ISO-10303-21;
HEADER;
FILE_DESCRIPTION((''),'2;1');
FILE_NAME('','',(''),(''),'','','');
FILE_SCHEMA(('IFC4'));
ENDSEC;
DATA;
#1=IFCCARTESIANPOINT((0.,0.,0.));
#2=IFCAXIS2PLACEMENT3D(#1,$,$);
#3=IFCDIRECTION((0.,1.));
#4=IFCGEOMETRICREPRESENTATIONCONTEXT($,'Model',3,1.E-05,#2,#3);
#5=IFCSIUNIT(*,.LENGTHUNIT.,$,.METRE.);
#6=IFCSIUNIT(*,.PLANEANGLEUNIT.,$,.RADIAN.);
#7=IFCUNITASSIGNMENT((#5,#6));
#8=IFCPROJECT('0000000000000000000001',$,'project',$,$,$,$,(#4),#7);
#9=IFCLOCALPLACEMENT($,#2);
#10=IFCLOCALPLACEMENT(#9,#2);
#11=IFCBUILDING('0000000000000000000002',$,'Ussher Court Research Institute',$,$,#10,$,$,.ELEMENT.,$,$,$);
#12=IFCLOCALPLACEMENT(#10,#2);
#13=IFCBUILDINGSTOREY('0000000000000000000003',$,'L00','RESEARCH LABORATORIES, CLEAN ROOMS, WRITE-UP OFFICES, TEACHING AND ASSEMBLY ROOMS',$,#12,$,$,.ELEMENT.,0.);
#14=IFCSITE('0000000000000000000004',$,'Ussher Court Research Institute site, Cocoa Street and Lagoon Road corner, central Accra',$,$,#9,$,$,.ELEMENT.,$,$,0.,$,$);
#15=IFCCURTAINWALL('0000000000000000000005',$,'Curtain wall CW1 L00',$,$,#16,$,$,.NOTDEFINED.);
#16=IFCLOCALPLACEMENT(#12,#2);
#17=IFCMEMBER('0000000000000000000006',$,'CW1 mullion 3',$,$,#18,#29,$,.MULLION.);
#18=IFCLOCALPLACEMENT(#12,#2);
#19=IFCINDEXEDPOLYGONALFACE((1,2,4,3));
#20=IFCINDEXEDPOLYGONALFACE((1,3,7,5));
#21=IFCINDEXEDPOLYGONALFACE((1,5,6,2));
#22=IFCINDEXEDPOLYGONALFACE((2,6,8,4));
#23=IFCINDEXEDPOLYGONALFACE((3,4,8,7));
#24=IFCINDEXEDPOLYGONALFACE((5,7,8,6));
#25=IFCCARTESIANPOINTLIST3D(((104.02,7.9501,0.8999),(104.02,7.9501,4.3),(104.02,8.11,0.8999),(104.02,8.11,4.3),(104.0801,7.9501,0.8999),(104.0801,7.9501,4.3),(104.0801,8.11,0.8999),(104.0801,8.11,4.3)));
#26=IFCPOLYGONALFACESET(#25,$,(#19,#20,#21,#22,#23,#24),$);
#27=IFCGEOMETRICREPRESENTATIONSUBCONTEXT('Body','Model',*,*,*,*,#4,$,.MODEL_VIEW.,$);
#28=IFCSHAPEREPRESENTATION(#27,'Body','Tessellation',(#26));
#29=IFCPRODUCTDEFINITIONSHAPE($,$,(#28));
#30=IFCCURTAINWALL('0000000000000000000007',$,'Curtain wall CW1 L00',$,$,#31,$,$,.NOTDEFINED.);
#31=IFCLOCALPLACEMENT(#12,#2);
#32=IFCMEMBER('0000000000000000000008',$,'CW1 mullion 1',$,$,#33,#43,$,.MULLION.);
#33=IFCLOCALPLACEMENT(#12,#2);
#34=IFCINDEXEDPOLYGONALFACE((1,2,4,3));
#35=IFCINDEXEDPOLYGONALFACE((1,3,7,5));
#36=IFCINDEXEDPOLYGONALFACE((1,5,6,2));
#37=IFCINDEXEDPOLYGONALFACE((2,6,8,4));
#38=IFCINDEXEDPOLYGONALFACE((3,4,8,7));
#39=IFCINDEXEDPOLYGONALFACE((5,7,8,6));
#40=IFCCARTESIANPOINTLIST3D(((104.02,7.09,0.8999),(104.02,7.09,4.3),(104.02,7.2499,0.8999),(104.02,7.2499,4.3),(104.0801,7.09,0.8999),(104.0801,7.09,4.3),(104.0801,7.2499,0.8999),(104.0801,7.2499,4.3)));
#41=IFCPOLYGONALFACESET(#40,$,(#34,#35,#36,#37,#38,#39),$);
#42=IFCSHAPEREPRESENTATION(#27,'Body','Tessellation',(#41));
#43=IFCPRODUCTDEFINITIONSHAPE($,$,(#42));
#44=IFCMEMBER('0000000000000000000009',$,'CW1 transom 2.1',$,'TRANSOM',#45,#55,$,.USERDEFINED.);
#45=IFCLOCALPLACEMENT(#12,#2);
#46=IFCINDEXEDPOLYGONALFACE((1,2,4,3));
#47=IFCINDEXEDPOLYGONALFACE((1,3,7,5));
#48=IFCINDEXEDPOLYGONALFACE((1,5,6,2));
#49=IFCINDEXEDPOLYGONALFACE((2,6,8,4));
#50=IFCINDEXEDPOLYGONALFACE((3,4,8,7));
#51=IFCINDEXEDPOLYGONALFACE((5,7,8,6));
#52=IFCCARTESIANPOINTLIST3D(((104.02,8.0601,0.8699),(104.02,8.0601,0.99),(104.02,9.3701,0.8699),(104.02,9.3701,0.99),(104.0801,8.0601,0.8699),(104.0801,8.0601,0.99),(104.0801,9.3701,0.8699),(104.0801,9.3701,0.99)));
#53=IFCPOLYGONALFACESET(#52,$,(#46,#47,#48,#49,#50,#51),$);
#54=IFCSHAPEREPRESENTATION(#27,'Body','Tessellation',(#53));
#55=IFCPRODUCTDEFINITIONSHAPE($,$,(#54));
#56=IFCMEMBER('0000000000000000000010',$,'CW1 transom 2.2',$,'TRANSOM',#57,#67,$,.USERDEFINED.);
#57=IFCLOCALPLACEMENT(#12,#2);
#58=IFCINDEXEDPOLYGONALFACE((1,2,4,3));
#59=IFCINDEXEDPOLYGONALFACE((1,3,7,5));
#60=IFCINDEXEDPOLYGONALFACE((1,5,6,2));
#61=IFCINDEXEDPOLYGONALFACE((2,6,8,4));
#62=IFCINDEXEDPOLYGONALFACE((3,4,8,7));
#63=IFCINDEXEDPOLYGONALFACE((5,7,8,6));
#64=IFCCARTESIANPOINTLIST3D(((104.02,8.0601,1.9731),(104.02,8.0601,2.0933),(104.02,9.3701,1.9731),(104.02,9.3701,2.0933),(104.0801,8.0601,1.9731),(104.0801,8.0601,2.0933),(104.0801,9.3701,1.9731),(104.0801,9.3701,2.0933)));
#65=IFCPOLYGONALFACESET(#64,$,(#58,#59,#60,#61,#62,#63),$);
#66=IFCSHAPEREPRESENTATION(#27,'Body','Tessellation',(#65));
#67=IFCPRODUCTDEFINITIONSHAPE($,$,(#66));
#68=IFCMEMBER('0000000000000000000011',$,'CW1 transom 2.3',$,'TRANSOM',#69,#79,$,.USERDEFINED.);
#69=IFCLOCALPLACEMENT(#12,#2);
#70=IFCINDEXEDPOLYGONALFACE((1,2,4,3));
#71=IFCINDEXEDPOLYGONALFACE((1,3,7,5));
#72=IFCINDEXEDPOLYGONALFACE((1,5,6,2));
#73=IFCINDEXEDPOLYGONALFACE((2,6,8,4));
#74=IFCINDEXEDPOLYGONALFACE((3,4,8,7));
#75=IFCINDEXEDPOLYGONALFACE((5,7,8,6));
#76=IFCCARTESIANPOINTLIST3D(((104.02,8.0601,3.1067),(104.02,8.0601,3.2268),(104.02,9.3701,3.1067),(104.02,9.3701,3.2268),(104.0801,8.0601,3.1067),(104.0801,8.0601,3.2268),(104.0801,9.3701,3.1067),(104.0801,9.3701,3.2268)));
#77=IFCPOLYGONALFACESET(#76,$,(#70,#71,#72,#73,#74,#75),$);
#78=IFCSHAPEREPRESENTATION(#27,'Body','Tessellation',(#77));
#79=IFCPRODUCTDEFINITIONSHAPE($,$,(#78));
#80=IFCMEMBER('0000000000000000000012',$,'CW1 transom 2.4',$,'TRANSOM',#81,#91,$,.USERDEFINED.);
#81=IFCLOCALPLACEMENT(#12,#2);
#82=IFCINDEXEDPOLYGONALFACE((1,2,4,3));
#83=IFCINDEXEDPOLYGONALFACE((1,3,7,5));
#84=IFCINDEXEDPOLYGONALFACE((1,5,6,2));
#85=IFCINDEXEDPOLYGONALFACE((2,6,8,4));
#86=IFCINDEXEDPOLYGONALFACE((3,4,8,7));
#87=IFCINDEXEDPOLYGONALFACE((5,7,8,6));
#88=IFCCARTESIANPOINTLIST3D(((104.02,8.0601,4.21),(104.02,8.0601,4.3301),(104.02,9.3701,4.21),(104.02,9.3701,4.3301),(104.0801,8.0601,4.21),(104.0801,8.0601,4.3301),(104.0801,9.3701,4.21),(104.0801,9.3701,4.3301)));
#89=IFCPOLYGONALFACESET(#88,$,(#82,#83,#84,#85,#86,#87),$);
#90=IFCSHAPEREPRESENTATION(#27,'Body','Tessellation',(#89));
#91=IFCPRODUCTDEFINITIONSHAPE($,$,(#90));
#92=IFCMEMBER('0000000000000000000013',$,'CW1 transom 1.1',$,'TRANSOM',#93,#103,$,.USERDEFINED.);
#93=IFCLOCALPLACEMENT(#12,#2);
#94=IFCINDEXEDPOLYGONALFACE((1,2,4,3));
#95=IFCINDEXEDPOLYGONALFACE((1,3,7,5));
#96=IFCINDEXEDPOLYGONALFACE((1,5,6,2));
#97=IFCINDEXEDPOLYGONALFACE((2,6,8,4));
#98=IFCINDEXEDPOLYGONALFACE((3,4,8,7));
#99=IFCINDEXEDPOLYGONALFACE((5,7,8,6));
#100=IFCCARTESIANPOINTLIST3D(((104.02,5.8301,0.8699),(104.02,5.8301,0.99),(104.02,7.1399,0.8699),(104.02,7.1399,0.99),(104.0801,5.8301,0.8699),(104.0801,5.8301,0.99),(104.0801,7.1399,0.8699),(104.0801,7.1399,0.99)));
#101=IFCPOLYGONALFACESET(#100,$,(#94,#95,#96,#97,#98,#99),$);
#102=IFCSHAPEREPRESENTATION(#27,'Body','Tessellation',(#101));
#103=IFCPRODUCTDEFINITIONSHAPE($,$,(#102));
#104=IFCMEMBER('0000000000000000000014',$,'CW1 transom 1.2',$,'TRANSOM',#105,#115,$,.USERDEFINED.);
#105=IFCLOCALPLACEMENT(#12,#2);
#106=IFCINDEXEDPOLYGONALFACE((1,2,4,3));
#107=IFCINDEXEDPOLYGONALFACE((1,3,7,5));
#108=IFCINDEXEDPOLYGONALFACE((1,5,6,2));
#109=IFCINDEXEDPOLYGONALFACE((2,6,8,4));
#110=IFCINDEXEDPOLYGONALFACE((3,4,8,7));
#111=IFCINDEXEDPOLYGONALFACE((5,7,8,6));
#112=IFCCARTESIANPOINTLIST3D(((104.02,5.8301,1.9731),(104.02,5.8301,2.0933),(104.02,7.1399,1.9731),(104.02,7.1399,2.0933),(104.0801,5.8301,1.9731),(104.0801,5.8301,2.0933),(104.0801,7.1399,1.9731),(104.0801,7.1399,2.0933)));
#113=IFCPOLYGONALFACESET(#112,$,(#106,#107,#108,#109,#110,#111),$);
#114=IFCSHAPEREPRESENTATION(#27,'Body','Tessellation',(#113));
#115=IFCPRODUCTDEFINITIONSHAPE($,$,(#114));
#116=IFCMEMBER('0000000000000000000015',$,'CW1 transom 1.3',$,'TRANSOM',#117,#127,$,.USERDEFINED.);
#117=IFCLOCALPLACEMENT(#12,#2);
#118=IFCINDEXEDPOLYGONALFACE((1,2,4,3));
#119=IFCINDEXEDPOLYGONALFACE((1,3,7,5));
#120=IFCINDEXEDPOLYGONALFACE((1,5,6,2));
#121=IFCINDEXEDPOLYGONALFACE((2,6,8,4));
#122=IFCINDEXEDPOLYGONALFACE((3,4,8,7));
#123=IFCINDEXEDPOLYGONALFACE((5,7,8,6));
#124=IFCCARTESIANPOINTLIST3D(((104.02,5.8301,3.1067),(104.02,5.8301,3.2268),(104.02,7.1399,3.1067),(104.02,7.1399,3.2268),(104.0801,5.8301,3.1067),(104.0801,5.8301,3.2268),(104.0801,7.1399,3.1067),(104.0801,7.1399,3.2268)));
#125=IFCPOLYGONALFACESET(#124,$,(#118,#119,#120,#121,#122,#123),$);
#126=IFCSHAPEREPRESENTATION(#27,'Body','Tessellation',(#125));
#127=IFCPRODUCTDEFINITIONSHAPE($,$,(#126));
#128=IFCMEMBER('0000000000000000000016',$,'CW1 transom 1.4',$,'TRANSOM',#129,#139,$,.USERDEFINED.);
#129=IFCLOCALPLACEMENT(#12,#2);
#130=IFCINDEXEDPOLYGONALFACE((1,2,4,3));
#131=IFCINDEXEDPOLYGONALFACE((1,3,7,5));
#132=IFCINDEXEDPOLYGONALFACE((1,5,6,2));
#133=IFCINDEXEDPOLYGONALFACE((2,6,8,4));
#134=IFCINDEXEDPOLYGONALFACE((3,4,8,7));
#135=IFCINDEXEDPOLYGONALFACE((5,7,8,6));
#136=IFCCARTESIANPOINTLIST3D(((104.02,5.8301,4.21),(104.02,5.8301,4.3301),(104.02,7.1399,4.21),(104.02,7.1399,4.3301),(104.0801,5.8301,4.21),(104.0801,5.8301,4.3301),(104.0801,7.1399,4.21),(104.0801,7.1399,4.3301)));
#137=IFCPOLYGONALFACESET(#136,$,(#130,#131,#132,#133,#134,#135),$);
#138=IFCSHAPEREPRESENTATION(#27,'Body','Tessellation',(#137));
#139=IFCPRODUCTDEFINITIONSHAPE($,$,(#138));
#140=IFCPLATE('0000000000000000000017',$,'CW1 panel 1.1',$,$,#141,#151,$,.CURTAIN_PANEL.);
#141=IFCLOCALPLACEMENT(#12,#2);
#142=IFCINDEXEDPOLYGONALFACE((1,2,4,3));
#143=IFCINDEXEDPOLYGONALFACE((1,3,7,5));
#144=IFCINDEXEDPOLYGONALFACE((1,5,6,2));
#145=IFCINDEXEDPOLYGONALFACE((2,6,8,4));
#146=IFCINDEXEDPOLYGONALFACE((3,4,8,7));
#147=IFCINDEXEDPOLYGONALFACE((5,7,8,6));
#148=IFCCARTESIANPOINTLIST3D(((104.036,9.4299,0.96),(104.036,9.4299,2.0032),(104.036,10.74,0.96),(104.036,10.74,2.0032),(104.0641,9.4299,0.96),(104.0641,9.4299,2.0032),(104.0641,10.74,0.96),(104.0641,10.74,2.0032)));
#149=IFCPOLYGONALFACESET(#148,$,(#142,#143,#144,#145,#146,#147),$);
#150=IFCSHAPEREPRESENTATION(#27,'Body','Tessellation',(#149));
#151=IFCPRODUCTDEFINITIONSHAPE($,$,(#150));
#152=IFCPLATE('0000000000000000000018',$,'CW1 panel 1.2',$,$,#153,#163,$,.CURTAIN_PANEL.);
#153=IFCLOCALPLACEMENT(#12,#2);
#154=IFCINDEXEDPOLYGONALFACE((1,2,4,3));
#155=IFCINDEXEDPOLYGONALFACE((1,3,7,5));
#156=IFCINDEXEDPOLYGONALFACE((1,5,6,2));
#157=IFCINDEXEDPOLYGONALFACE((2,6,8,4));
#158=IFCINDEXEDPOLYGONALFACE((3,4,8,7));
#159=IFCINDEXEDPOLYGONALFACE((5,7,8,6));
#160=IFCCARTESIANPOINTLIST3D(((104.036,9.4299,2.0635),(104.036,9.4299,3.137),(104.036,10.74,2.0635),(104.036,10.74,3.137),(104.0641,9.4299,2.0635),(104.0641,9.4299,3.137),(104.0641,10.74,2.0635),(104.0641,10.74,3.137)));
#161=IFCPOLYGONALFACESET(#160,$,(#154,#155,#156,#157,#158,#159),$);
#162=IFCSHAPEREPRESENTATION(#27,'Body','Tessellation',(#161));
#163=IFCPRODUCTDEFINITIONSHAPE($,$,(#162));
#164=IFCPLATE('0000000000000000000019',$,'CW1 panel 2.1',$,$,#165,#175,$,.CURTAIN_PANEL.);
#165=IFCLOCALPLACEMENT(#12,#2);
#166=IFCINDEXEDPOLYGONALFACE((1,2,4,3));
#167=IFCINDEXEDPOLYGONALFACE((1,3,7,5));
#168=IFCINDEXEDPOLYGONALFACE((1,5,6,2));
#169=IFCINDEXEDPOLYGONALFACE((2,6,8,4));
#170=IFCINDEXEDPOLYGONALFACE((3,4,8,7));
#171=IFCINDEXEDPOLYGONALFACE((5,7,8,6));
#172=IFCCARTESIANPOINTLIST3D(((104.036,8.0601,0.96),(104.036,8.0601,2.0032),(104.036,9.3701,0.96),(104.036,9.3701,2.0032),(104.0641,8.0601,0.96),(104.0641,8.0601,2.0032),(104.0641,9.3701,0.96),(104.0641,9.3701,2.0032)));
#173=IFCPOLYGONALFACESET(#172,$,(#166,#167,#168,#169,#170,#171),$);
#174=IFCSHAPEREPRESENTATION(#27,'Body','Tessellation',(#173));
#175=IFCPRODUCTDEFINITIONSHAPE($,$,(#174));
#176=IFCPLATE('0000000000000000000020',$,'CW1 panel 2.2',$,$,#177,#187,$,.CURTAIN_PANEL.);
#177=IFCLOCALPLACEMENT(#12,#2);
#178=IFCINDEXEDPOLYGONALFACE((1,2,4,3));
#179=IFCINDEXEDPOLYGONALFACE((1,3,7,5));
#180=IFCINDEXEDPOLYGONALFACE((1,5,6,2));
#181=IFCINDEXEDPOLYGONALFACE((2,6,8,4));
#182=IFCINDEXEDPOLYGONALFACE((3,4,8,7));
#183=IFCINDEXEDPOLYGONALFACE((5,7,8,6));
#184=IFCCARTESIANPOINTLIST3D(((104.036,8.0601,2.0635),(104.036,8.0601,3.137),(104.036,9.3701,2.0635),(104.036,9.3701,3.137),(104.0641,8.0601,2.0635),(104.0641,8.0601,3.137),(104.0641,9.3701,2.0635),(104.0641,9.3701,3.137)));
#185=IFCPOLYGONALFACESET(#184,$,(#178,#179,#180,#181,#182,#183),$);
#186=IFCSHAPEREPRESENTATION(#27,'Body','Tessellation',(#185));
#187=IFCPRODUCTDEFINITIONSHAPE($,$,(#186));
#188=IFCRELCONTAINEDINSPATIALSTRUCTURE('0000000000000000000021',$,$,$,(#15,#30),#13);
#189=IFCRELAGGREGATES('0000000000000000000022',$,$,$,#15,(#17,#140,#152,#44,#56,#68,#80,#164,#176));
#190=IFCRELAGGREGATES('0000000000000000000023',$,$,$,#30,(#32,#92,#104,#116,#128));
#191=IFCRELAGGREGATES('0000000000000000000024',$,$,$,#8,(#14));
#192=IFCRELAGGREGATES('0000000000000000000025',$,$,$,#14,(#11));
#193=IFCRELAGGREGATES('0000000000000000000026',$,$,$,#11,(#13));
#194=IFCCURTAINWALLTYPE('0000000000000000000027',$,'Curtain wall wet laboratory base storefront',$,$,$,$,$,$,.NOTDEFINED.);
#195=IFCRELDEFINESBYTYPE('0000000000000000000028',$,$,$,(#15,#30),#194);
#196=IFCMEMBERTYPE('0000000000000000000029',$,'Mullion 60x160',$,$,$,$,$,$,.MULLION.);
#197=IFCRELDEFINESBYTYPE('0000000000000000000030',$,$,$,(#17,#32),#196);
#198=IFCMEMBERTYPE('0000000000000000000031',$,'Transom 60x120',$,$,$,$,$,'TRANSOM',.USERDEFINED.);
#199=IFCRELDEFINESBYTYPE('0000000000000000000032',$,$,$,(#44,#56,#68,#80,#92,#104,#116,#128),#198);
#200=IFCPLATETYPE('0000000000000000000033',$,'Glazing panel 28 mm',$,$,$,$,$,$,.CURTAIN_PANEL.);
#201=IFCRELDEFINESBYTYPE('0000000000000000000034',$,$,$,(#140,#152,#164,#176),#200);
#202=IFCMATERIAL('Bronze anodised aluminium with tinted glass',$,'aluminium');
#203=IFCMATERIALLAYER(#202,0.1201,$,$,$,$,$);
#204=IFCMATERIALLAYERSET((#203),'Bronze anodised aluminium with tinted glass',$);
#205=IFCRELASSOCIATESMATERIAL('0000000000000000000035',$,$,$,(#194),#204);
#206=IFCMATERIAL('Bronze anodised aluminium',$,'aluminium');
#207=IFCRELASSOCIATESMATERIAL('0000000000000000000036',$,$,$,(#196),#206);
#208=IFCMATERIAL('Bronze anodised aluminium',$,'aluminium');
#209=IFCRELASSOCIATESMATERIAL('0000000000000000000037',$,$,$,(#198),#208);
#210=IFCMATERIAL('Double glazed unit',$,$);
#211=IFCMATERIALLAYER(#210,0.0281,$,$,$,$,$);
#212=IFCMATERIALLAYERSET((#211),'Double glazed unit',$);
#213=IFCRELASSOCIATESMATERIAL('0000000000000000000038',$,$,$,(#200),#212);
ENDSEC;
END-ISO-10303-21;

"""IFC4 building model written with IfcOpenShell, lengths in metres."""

from ifc_helpers import new_model, si_unit, direction, frame, origin, origin_2d, place, context, subcontext, project, spatial, rectangle, extrude, material, layer, layer_set, material_profile, profile_set, type_object, element, aggregate, save


model = new_model("IFC4")

# Units and contexts
model_context = context("Model", 3, precision=1e-05, world=origin(), true_north=direction((0.0, 1.0)))
body_context = subcontext(model_context, "Body", "Model", "MODEL_VIEW")
ifc_project = project(units=[si_unit("LENGTHUNIT", "METRE"), si_unit("PLANEANGLEUNIT", "RADIAN")], contexts=[model_context])

# Site, building, storey
site_placement = place(None, origin())
site = spatial("IfcSite", under=ifc_project, at=site_placement, Name="Ussher Court Research Institute site, Cocoa Street and Lagoon Road corner, central Accra", CompositionType="ELEMENT", RefElevation=0.0)
building_placement = place(site_placement, origin())
building = spatial("IfcBuilding", under=site, at=building_placement, Name="Ussher Court Research Institute", CompositionType="ELEMENT")
storey_placement = place(building_placement, origin())
storey = spatial("IfcBuildingStorey", under=building, at=storey_placement, Name="L00", Description="RESEARCH LABORATORIES, CLEAN ROOMS, WRITE-UP OFFICES, TEACHING AND ASSEMBLY ROOMS", CompositionType="ELEMENT", Elevation=0.0)

# Curtain wall, member
ifc_material_1 = material(Name="Bronze anodised aluminium with tinted glass", Category="aluminium")
ifc_layer_1 = layer(ifc_material_1, 0.1201)
ifc_layer_set_1 = layer_set([ifc_layer_1], Name="Bronze anodised aluminium with tinted glass")
curtain_wall_type = type_object("IfcCurtainWallType", Name="Curtain wall wet laboratory base storefront", PredefinedType="NOTDEFINED", material=ifc_layer_set_1)
curtain_wall_1_placement = place(storey_placement, origin())
curtain_wall_1 = element("IfcCurtainWall", 1, at=curtain_wall_1_placement, inside=storey, type_object=curtain_wall_type, Name="Curtain wall CW1 L00", PredefinedType="NOTDEFINED")
ifc_material_2 = material(Name="Bronze anodised aluminium", Category="aluminium")
ifc_material_profile_1 = material_profile(ifc_material_2, rectangle(XDim=0.0601, YDim=0.1599, at=origin_2d()), Name="Mullion 60x160")
ifc_profile_set_1 = profile_set([ifc_material_profile_1], Name="Bronze anodised aluminium")
member_type_1 = type_object("IfcMemberType", Name="Mullion 60x160", PredefinedType="MULLION", material=ifc_profile_set_1)
member_1_placement = place(storey_placement, frame((104.05, 8.03, 0.8999), z_axis=(0.0, 0.0, 1.0), x_axis=(1.0, 0.0, 0.0)))
member_1 = element("IfcMember", 2, at=member_1_placement, type_object=member_type_1, Name="CW1 mullion 3", PredefinedType="MULLION", context=body_context, shape_type="SweptSolid", body=[
    extrude(rectangle(XDim=0.0601, YDim=0.1599, at=origin_2d()), origin(), (0.0, 0.0, 1.0), 3.4001),
])

# Curtain wall, member
curtain_wall_2_placement = place(storey_placement, origin())
curtain_wall_2 = element("IfcCurtainWall", 3, at=curtain_wall_2_placement, inside=storey, type_object=curtain_wall_type, Name="Curtain wall CW1 L00", PredefinedType="NOTDEFINED")
member_2_placement = place(storey_placement, frame((104.05, 7.1699, 0.8999), z_axis=(0.0, 0.0, 1.0), x_axis=(1.0, 0.0, 0.0)))
member_2 = element("IfcMember", 4, at=member_2_placement, type_object=member_type_1, Name="CW1 mullion 1", PredefinedType="MULLION", context=body_context, shape_type="SweptSolid", body=[
    extrude(rectangle(XDim=0.0601, YDim=0.1599, at=origin_2d()), origin(), (0.0, 0.0, 1.0), 3.4001),
])

# Members
ifc_material_3 = material(Name="Bronze anodised aluminium", Category="aluminium")
ifc_material_profile_2 = material_profile(ifc_material_3, rectangle(XDim=0.0601, YDim=0.1201, at=origin_2d()), Name="Transom 60x120")
ifc_profile_set_2 = profile_set([ifc_material_profile_2], Name="Bronze anodised aluminium")
member_type_2 = type_object("IfcMemberType", Name="Transom 60x120", ElementType="TRANSOM", PredefinedType="USERDEFINED", material=ifc_profile_set_2)
member_3_placement = place(storey_placement, frame((104.05, 9.3701, 0.9299), z_axis=(0.0, -1.0, 0.0), x_axis=(1.0, 0.0, 0.0)))
member_3 = element("IfcMember", 5, at=member_3_placement, type_object=member_type_2, Name="CW1 transom 2.1", ObjectType="TRANSOM", PredefinedType="USERDEFINED", context=body_context, shape_type="SweptSolid", body=[
    extrude(rectangle(XDim=0.0601, YDim=0.1201, at=origin_2d()), origin(), (0.0, 0.0, 1.0), 1.3101),
])
member_4_placement = place(storey_placement, frame((104.05, 9.3701, 2.0332), z_axis=(0.0, -1.0, 0.0), x_axis=(1.0, 0.0, 0.0)))
member_4 = element("IfcMember", 6, at=member_4_placement, type_object=member_type_2, Name="CW1 transom 2.2", ObjectType="TRANSOM", PredefinedType="USERDEFINED", context=body_context, shape_type="SweptSolid", body=[
    extrude(rectangle(XDim=0.0601, YDim=0.1201, at=origin_2d()), origin(), (0.0, 0.0, 1.0), 1.3101),
])
member_5_placement = place(storey_placement, frame((104.05, 9.3701, 3.1667), z_axis=(0.0, -1.0, 0.0), x_axis=(1.0, 0.0, 0.0)))
member_5 = element("IfcMember", 7, at=member_5_placement, type_object=member_type_2, Name="CW1 transom 2.3", ObjectType="TRANSOM", PredefinedType="USERDEFINED", context=body_context, shape_type="SweptSolid", body=[
    extrude(rectangle(XDim=0.0601, YDim=0.1201, at=origin_2d()), origin(), (0.0, 0.0, 1.0), 1.3101),
])
member_6_placement = place(storey_placement, frame((104.05, 9.3701, 4.27), z_axis=(0.0, -1.0, 0.0), x_axis=(1.0, 0.0, 0.0)))
member_6 = element("IfcMember", 8, at=member_6_placement, type_object=member_type_2, Name="CW1 transom 2.4", ObjectType="TRANSOM", PredefinedType="USERDEFINED", context=body_context, shape_type="SweptSolid", body=[
    extrude(rectangle(XDim=0.0601, YDim=0.1201, at=origin_2d()), origin(), (0.0, 0.0, 1.0), 1.3101),
])
member_7_placement = place(storey_placement, frame((104.05, 7.1399, 0.9299), z_axis=(0.0, -1.0, 0.0), x_axis=(1.0, 0.0, 0.0)))
member_7 = element("IfcMember", 9, at=member_7_placement, type_object=member_type_2, Name="CW1 transom 1.1", ObjectType="TRANSOM", PredefinedType="USERDEFINED", context=body_context, shape_type="SweptSolid", body=[
    extrude(rectangle(XDim=0.0601, YDim=0.1201, at=origin_2d()), origin(), (0.0, 0.0, 1.0), 1.3098),
])
member_8_placement = place(storey_placement, frame((104.05, 7.1399, 2.0332), z_axis=(0.0, -1.0, 0.0), x_axis=(1.0, 0.0, 0.0)))
member_8 = element("IfcMember", 10, at=member_8_placement, type_object=member_type_2, Name="CW1 transom 1.2", ObjectType="TRANSOM", PredefinedType="USERDEFINED", context=body_context, shape_type="SweptSolid", body=[
    extrude(rectangle(XDim=0.0601, YDim=0.1201, at=origin_2d()), origin(), (0.0, 0.0, 1.0), 1.3098),
])
member_9_placement = place(storey_placement, frame((104.05, 7.1399, 3.1667), z_axis=(0.0, -1.0, 0.0), x_axis=(1.0, 0.0, 0.0)))
member_9 = element("IfcMember", 11, at=member_9_placement, type_object=member_type_2, Name="CW1 transom 1.3", ObjectType="TRANSOM", PredefinedType="USERDEFINED", context=body_context, shape_type="SweptSolid", body=[
    extrude(rectangle(XDim=0.0601, YDim=0.1201, at=origin_2d()), origin(), (0.0, 0.0, 1.0), 1.3098),
])
member_10_placement = place(storey_placement, frame((104.05, 7.1399, 4.27), z_axis=(0.0, -1.0, 0.0), x_axis=(1.0, 0.0, 0.0)))
member_10 = element("IfcMember", 12, at=member_10_placement, type_object=member_type_2, Name="CW1 transom 1.4", ObjectType="TRANSOM", PredefinedType="USERDEFINED", context=body_context, shape_type="SweptSolid", body=[
    extrude(rectangle(XDim=0.0601, YDim=0.1201, at=origin_2d()), origin(), (0.0, 0.0, 1.0), 1.3098),
])

# Plates
ifc_material_4 = material(Name="Double glazed unit")
ifc_layer_2 = layer(ifc_material_4, 0.0281)
ifc_layer_set_2 = layer_set([ifc_layer_2], Name="Double glazed unit")
plate_type = type_object("IfcPlateType", Name="Glazing panel 28 mm", PredefinedType="CURTAIN_PANEL", material=ifc_layer_set_2)
plate_1_placement = place(storey_placement, frame((104.05, 10.085, 0.96), z_axis=(0.0, 0.0, 1.0), x_axis=(0.0, -1.0, 0.0)))
plate_1 = element("IfcPlate", 13, at=plate_1_placement, type_object=plate_type, Name="CW1 panel 1.1", PredefinedType="CURTAIN_PANEL", context=body_context, shape_type="SweptSolid", body=[
    extrude(rectangle(XDim=1.3101, YDim=0.0281, at=origin_2d()), origin(), (0.0, 0.0, 1.0), 1.0432),
])
plate_2_placement = place(storey_placement, frame((104.05, 10.085, 2.0635), z_axis=(0.0, 0.0, 1.0), x_axis=(0.0, -1.0, 0.0)))
plate_2 = element("IfcPlate", 14, at=plate_2_placement, type_object=plate_type, Name="CW1 panel 1.2", PredefinedType="CURTAIN_PANEL", context=body_context, shape_type="SweptSolid", body=[
    extrude(rectangle(XDim=1.3101, YDim=0.0281, at=origin_2d()), origin(), (0.0, 0.0, 1.0), 1.0735),
])
plate_3_placement = place(storey_placement, frame((104.05, 8.7151, 0.96), z_axis=(0.0, 0.0, 1.0), x_axis=(0.0, -1.0, 0.0)))
plate_3 = element("IfcPlate", 15, at=plate_3_placement, type_object=plate_type, Name="CW1 panel 2.1", PredefinedType="CURTAIN_PANEL", context=body_context, shape_type="SweptSolid", body=[
    extrude(rectangle(XDim=1.3101, YDim=0.0281, at=origin_2d()), origin(), (0.0, 0.0, 1.0), 1.0432),
])
plate_4_placement = place(storey_placement, frame((104.05, 8.7151, 2.0635), z_axis=(0.0, 0.0, 1.0), x_axis=(0.0, -1.0, 0.0)))
plate_4 = element("IfcPlate", 16, at=plate_4_placement, type_object=plate_type, Name="CW1 panel 2.2", PredefinedType="CURTAIN_PANEL", context=body_context, shape_type="SweptSolid", body=[
    extrude(rectangle(XDim=1.3101, YDim=0.0281, at=origin_2d()), origin(), (0.0, 0.0, 1.0), 1.0735),
])
aggregate(curtain_wall_1, [member_1, plate_1, plate_2, member_3, member_4, member_5, member_6, plate_3, plate_4])
aggregate(curtain_wall_2, [member_2, member_7, member_8, member_9, member_10])

save(model, "model.ifc")
